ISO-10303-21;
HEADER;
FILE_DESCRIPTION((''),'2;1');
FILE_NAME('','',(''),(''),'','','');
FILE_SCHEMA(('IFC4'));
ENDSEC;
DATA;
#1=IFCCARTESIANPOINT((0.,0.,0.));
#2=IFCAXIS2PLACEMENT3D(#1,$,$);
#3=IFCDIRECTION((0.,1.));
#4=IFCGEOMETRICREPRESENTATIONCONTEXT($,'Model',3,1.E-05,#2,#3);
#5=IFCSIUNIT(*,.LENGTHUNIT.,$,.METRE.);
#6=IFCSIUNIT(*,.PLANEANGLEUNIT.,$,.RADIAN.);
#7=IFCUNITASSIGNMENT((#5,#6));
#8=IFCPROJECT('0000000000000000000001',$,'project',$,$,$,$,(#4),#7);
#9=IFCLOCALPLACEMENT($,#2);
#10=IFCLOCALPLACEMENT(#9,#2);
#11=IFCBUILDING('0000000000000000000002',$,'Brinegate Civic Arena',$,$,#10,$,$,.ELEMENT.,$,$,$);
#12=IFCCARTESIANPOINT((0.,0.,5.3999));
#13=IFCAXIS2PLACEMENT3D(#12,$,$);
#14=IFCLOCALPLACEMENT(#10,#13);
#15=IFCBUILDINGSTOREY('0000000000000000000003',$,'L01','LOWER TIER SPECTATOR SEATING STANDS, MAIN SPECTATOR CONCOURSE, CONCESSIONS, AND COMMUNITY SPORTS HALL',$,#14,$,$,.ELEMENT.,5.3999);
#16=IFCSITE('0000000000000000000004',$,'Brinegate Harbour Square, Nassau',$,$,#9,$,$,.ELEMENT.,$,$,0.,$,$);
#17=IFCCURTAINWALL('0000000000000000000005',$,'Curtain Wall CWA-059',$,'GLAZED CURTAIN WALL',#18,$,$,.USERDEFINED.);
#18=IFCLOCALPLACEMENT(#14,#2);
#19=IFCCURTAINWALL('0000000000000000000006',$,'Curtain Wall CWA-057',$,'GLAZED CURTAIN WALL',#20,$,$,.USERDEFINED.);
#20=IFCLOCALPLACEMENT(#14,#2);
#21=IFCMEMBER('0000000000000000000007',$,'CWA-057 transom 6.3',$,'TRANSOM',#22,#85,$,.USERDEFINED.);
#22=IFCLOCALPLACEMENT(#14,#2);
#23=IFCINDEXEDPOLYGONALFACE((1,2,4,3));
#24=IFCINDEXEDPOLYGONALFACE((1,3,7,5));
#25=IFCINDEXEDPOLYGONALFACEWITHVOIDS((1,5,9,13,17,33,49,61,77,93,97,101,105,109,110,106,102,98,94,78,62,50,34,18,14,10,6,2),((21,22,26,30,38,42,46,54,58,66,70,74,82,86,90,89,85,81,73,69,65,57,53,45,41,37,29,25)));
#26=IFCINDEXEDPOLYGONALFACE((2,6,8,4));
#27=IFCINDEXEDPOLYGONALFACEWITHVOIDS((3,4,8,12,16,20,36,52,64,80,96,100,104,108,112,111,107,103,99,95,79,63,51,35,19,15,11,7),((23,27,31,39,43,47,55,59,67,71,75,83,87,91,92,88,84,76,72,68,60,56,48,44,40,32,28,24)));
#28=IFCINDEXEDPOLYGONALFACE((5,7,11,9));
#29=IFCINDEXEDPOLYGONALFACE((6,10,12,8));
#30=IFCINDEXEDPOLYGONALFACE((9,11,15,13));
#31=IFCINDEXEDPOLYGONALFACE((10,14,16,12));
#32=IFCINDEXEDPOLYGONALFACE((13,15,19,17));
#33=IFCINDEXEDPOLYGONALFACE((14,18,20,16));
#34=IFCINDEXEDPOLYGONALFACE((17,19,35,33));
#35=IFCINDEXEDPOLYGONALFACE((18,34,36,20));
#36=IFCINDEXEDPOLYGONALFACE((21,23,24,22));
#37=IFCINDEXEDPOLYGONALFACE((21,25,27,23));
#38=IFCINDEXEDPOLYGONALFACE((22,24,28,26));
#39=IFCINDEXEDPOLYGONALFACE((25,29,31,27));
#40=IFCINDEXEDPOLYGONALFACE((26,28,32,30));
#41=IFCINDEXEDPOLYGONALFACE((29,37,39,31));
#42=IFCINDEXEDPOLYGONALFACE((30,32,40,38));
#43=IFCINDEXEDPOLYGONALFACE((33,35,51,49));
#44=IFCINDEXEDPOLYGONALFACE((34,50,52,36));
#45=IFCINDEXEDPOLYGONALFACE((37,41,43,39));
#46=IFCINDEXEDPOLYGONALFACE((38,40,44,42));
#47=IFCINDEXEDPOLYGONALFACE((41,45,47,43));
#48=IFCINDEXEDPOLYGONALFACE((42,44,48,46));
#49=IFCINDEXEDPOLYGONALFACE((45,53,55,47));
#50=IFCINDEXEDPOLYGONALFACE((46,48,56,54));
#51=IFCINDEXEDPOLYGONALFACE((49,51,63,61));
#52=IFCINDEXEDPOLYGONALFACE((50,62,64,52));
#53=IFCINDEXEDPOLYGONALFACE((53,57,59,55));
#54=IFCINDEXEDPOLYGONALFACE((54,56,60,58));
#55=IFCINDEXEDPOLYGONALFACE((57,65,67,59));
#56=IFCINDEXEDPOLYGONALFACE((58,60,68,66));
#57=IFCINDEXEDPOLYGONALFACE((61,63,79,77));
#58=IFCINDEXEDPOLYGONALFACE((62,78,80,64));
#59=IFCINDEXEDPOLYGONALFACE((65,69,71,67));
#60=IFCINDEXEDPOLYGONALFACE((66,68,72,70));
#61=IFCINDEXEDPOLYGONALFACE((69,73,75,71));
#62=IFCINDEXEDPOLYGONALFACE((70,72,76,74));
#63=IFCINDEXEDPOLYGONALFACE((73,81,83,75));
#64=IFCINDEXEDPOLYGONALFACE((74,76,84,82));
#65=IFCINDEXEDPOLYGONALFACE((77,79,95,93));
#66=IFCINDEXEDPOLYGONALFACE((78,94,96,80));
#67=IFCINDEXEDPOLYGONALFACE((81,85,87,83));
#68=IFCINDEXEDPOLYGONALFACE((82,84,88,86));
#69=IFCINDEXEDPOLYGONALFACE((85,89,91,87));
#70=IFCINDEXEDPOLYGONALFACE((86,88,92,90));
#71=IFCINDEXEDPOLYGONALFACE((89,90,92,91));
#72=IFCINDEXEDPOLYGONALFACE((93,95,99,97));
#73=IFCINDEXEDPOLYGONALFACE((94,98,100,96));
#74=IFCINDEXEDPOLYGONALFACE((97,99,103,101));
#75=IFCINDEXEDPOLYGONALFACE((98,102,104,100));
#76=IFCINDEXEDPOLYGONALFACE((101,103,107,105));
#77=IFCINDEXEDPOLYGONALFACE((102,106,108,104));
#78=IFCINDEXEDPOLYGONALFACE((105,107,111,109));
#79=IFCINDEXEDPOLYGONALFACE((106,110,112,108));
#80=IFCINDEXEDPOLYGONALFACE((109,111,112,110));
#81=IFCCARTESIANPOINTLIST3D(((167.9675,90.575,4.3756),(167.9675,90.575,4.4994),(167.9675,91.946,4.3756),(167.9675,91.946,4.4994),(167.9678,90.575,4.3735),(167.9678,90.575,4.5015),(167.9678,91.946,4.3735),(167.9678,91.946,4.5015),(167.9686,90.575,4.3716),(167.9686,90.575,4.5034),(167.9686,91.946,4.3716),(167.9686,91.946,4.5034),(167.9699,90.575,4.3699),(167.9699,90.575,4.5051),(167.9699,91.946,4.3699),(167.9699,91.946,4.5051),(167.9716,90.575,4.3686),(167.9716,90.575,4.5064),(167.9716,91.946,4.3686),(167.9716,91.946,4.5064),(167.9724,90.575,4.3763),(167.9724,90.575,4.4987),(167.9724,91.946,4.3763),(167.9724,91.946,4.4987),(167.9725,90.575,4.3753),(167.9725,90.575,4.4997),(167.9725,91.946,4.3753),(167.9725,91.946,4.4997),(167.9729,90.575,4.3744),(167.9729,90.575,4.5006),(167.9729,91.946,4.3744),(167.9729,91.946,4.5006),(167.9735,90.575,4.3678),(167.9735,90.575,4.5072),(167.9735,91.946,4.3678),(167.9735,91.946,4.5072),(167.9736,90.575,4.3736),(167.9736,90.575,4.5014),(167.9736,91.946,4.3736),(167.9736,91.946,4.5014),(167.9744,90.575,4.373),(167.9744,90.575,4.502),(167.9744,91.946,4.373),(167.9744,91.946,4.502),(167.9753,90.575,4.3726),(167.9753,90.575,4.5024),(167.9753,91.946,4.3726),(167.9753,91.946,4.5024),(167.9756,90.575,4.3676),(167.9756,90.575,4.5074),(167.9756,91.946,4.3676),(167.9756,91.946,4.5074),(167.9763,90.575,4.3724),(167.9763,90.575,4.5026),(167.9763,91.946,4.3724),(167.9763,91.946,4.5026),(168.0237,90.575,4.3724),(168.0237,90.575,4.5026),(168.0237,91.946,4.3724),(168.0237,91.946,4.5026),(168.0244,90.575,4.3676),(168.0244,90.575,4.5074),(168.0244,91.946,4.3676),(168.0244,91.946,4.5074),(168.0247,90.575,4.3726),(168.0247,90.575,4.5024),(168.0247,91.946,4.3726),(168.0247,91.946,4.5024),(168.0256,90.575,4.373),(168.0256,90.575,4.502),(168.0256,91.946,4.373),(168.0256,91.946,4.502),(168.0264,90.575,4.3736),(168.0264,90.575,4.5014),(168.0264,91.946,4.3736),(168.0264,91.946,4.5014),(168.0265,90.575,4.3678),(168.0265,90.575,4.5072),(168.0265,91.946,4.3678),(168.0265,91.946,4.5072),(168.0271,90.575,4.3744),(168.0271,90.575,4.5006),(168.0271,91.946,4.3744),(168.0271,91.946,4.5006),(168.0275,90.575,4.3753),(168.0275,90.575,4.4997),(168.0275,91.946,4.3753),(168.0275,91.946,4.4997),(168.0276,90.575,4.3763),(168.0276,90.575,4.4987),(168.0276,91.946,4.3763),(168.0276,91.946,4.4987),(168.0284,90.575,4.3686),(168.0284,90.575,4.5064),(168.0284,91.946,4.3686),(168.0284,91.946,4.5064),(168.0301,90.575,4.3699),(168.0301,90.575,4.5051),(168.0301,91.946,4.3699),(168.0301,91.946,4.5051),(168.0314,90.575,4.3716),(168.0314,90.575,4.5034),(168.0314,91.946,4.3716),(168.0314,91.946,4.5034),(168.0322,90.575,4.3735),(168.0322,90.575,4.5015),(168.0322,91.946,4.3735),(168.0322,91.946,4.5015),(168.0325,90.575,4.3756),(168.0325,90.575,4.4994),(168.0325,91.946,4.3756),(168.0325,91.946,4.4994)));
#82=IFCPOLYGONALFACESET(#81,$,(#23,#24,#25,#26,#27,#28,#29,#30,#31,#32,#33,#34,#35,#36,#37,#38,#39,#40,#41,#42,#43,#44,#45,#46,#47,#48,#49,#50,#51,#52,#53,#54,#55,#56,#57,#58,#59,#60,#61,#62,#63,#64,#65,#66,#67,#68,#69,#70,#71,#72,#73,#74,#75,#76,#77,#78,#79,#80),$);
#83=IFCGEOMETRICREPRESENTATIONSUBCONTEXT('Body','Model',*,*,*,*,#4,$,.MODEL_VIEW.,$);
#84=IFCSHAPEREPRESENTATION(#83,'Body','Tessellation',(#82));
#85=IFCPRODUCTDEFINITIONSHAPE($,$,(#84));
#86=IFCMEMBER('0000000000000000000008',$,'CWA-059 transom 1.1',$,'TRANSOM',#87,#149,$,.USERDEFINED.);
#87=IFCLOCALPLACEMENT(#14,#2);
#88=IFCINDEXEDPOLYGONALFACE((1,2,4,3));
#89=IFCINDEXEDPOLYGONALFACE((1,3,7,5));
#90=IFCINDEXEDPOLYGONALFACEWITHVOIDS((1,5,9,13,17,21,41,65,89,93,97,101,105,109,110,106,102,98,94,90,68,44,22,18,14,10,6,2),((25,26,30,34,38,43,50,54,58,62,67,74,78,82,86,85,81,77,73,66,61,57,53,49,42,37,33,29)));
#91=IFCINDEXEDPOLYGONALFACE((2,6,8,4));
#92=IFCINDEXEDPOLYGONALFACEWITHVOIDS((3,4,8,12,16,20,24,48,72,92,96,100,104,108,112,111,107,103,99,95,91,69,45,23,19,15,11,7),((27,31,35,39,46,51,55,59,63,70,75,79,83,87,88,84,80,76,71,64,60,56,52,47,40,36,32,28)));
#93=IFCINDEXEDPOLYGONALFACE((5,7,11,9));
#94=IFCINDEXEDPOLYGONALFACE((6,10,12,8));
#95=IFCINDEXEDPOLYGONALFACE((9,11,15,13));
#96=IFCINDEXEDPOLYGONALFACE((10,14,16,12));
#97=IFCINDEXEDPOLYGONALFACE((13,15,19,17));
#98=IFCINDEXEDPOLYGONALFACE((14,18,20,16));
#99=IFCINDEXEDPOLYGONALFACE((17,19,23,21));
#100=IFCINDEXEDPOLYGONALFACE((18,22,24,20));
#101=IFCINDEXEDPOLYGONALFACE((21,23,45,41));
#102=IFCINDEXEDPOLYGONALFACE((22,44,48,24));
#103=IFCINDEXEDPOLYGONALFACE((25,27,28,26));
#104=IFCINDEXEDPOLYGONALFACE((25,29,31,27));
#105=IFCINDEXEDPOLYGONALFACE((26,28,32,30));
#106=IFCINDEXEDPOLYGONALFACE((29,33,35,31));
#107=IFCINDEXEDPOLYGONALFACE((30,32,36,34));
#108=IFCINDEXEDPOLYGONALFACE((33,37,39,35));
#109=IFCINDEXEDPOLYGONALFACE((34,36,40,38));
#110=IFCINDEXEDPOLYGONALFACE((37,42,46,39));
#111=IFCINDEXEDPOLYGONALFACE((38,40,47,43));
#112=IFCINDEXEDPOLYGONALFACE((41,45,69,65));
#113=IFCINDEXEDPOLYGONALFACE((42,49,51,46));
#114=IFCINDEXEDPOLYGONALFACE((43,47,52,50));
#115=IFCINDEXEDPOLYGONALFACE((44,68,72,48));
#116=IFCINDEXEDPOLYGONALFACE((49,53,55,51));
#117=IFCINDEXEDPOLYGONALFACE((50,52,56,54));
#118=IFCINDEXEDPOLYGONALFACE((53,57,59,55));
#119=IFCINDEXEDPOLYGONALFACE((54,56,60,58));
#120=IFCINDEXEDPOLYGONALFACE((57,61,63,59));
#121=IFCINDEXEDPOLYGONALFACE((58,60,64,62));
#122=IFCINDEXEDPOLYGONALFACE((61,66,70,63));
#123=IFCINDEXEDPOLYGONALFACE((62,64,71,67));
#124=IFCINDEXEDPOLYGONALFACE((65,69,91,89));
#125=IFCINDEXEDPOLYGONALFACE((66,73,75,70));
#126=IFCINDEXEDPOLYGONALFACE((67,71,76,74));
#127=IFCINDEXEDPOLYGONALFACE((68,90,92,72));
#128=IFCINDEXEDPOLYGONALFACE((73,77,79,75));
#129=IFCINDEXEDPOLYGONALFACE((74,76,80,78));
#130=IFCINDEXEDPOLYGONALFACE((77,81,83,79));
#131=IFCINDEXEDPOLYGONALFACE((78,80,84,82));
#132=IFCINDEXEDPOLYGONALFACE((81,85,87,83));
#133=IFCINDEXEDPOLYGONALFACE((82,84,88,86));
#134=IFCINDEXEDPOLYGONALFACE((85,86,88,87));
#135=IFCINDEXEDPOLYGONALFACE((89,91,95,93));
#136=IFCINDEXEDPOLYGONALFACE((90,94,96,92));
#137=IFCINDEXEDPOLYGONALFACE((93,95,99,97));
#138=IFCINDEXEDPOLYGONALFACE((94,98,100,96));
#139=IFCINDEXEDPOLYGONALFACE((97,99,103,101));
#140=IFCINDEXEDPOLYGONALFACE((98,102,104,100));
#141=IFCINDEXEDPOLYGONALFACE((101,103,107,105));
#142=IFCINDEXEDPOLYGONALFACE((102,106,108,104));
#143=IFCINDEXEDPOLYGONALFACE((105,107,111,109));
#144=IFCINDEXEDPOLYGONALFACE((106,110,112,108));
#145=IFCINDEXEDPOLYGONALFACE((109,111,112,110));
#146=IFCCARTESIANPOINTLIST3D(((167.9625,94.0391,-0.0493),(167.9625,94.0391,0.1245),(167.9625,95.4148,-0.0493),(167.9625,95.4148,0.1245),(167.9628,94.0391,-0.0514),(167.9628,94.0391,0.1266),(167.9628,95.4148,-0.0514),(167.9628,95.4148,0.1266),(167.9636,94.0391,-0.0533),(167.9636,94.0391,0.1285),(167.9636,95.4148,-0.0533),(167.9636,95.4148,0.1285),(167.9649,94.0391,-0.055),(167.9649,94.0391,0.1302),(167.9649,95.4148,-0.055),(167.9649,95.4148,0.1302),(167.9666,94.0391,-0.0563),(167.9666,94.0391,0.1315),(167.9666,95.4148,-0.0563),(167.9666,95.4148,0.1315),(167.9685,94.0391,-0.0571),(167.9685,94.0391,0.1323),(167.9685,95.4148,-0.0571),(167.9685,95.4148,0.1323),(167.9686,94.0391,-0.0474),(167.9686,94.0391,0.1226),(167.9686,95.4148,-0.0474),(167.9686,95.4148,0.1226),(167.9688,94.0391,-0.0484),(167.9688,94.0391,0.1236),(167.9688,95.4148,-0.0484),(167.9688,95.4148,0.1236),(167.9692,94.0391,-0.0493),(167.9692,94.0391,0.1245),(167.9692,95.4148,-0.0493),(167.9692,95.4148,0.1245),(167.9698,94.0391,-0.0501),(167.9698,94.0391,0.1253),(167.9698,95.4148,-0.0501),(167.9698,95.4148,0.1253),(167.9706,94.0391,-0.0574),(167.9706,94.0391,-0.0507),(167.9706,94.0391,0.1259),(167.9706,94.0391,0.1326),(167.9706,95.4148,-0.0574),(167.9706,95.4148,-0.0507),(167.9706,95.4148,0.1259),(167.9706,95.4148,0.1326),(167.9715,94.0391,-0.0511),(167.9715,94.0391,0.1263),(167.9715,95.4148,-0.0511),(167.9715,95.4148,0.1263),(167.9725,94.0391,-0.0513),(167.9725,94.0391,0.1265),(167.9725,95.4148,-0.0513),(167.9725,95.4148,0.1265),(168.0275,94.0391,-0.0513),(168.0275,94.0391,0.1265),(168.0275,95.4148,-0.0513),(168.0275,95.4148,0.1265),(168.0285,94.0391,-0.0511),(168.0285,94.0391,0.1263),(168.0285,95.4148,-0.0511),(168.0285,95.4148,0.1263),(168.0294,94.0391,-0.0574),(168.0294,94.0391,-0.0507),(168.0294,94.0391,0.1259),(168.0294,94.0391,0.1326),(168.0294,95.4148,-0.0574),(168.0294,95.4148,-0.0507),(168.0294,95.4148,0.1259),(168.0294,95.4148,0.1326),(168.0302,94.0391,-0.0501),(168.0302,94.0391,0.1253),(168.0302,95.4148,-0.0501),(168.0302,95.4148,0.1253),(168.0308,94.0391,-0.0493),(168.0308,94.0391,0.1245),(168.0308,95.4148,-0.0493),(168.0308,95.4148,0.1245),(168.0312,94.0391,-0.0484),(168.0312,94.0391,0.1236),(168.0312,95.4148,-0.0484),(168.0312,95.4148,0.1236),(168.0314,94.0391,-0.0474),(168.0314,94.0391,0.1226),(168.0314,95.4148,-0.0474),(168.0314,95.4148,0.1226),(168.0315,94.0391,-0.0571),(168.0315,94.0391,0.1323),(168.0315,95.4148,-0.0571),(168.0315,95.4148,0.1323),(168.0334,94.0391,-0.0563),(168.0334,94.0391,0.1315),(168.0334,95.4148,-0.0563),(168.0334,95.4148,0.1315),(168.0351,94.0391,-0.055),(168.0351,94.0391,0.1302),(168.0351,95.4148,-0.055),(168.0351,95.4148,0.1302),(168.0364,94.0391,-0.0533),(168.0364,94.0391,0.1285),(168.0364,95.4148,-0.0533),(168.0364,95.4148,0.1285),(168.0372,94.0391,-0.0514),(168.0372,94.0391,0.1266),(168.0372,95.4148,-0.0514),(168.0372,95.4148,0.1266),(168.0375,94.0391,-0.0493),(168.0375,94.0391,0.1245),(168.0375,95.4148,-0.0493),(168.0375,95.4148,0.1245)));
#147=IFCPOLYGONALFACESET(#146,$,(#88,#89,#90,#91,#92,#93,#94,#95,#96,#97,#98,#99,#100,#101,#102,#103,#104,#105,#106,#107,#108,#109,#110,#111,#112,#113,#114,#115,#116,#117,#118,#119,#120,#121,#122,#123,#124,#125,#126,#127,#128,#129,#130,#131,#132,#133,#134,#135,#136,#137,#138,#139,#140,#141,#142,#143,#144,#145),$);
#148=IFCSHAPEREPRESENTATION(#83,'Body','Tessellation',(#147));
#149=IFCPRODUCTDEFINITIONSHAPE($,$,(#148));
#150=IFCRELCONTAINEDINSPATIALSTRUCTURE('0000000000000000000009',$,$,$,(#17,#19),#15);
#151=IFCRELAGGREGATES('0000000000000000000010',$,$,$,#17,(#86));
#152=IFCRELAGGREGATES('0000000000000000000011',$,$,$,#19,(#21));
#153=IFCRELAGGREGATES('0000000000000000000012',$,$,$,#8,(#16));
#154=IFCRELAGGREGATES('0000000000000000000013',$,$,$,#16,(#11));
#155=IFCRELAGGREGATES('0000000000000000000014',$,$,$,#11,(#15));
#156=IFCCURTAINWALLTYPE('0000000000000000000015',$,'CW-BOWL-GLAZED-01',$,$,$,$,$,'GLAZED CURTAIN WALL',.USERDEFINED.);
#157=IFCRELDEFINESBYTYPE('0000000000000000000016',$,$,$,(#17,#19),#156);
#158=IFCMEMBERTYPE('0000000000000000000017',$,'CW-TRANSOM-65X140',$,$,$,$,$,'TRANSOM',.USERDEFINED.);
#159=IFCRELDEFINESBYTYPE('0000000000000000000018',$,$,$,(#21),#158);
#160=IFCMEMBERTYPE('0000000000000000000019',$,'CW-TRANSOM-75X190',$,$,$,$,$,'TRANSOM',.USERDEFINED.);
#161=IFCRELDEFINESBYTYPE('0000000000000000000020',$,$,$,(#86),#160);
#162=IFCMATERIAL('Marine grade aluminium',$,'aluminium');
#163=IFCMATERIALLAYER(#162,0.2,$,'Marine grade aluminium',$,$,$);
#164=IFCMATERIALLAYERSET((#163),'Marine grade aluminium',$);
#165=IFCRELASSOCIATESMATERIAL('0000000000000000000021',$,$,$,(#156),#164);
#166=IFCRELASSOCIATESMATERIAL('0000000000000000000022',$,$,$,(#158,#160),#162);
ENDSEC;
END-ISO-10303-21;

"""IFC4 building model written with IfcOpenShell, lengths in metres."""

from ifc_helpers import new_model, si_unit, direction, frame, origin, origin_2d, place, context, subcontext, project, spatial, hollow_rectangle, extrude, material, layer, layer_set, material_profile, profile_set, type_object, element, aggregate, save


model = new_model("IFC4")

# Units and contexts
model_context = context("Model", 3, precision=1e-05, world=origin(), true_north=direction((0.0, 1.0)))
body_context = subcontext(model_context, "Body", "Model", "MODEL_VIEW")
ifc_project = project(units=[si_unit("LENGTHUNIT", "METRE"), si_unit("PLANEANGLEUNIT", "RADIAN")], contexts=[model_context])

# Site, building, storey
site_placement = place(None, origin())
site = spatial("IfcSite", under=ifc_project, at=site_placement, Name="Brinegate Harbour Square, Nassau", CompositionType="ELEMENT", RefElevation=0.0)
building_placement = place(site_placement, origin())
building = spatial("IfcBuilding", under=site, at=building_placement, Name="Brinegate Civic Arena", CompositionType="ELEMENT")
storey_placement = place(building_placement, frame((0.0, 0.0, 5.3999)))
storey = spatial("IfcBuildingStorey", under=building, at=storey_placement, Name="L01", Description="LOWER TIER SPECTATOR SEATING STANDS, MAIN SPECTATOR CONCOURSE, CONCESSIONS, AND COMMUNITY SPORTS HALL", CompositionType="ELEMENT", Elevation=5.3999)

# Curtain walls, member
ifc_material_1 = material(Name="Marine grade aluminium", Category="aluminium")
ifc_layer_1 = layer(ifc_material_1, 0.2, Name="Marine grade aluminium")
ifc_layer_set_1 = layer_set([ifc_layer_1], Name="Marine grade aluminium")
curtain_wall_type = type_object("IfcCurtainWallType", Name="CW-BOWL-GLAZED-01", ElementType="GLAZED CURTAIN WALL", PredefinedType="USERDEFINED", material=ifc_layer_set_1)
curtain_wall_1_placement = place(storey_placement, origin())
curtain_wall_1 = element("IfcCurtainWall", 1, at=curtain_wall_1_placement, inside=storey, type_object=curtain_wall_type, Name="Curtain Wall CWA-059", ObjectType="GLAZED CURTAIN WALL", PredefinedType="USERDEFINED")
curtain_wall_2_placement = place(storey_placement, origin())
curtain_wall_2 = element("IfcCurtainWall", 2, at=curtain_wall_2_placement, inside=storey, type_object=curtain_wall_type, Name="Curtain Wall CWA-057", ObjectType="GLAZED CURTAIN WALL", PredefinedType="USERDEFINED")
ifc_material_profile_1 = material_profile(ifc_material_1, hollow_rectangle(XDim=0.0649, YDim=0.1399, WallThickness=0.0049, InnerFilletRadius=0.0039, OuterFilletRadius=0.0081, at=origin_2d()), Name="TRN65X140")
ifc_profile_set_1 = profile_set([ifc_material_profile_1], Name="Marine grade aluminium")
member_type_1 = type_object("IfcMemberType", Name="CW-TRANSOM-65X140", ElementType="TRANSOM", PredefinedType="USERDEFINED", material=ifc_profile_set_1)
member_1_placement = place(storey_placement, frame((168.0, 90.575, 4.4375), z_axis=(0.0, 1.0, 0.0), x_axis=(-1.0, 0.0, 0.0)))
member_1 = element("IfcMember", 3, at=member_1_placement, type_object=member_type_1, Name="CWA-057 transom 6.3", ObjectType="TRANSOM", PredefinedType="USERDEFINED", context=body_context, shape_type="SweptSolid", body=[
    extrude(hollow_rectangle(XDim=0.0649, YDim=0.1399, WallThickness=0.0049, InnerFilletRadius=0.0039, OuterFilletRadius=0.0081, at=origin_2d()), origin(), (0.0, 0.0, 1.0), 1.3711),
])

# Member
ifc_material_profile_2 = material_profile(ifc_material_1, hollow_rectangle(XDim=0.075, YDim=0.1899, WallThickness=0.0061, InnerFilletRadius=0.0039, OuterFilletRadius=0.0081, at=origin_2d()), Name="TRN75X190")
ifc_profile_set_2 = profile_set([ifc_material_profile_2], Name="Marine grade aluminium")
member_type_2 = type_object("IfcMemberType", Name="CW-TRANSOM-75X190", ElementType="TRANSOM", PredefinedType="USERDEFINED", material=ifc_profile_set_2)
member_2_placement = place(storey_placement, frame((168.0, 94.0391, 0.0376), z_axis=(0.0, 1.0, 0.0), x_axis=(-1.0, 0.0, 0.0)))
member_2 = element("IfcMember", 4, at=member_2_placement, type_object=member_type_2, Name="CWA-059 transom 1.1", ObjectType="TRANSOM", PredefinedType="USERDEFINED", context=body_context, shape_type="SweptSolid", body=[
    extrude(hollow_rectangle(XDim=0.075, YDim=0.1899, WallThickness=0.0061, InnerFilletRadius=0.0039, OuterFilletRadius=0.0081, at=origin_2d()), origin(), (0.0, 0.0, 1.0), 1.3757),
])

aggregate(curtain_wall_1, [member_2])
aggregate(curtain_wall_2, [member_1])

save(model, "model.ifc")
